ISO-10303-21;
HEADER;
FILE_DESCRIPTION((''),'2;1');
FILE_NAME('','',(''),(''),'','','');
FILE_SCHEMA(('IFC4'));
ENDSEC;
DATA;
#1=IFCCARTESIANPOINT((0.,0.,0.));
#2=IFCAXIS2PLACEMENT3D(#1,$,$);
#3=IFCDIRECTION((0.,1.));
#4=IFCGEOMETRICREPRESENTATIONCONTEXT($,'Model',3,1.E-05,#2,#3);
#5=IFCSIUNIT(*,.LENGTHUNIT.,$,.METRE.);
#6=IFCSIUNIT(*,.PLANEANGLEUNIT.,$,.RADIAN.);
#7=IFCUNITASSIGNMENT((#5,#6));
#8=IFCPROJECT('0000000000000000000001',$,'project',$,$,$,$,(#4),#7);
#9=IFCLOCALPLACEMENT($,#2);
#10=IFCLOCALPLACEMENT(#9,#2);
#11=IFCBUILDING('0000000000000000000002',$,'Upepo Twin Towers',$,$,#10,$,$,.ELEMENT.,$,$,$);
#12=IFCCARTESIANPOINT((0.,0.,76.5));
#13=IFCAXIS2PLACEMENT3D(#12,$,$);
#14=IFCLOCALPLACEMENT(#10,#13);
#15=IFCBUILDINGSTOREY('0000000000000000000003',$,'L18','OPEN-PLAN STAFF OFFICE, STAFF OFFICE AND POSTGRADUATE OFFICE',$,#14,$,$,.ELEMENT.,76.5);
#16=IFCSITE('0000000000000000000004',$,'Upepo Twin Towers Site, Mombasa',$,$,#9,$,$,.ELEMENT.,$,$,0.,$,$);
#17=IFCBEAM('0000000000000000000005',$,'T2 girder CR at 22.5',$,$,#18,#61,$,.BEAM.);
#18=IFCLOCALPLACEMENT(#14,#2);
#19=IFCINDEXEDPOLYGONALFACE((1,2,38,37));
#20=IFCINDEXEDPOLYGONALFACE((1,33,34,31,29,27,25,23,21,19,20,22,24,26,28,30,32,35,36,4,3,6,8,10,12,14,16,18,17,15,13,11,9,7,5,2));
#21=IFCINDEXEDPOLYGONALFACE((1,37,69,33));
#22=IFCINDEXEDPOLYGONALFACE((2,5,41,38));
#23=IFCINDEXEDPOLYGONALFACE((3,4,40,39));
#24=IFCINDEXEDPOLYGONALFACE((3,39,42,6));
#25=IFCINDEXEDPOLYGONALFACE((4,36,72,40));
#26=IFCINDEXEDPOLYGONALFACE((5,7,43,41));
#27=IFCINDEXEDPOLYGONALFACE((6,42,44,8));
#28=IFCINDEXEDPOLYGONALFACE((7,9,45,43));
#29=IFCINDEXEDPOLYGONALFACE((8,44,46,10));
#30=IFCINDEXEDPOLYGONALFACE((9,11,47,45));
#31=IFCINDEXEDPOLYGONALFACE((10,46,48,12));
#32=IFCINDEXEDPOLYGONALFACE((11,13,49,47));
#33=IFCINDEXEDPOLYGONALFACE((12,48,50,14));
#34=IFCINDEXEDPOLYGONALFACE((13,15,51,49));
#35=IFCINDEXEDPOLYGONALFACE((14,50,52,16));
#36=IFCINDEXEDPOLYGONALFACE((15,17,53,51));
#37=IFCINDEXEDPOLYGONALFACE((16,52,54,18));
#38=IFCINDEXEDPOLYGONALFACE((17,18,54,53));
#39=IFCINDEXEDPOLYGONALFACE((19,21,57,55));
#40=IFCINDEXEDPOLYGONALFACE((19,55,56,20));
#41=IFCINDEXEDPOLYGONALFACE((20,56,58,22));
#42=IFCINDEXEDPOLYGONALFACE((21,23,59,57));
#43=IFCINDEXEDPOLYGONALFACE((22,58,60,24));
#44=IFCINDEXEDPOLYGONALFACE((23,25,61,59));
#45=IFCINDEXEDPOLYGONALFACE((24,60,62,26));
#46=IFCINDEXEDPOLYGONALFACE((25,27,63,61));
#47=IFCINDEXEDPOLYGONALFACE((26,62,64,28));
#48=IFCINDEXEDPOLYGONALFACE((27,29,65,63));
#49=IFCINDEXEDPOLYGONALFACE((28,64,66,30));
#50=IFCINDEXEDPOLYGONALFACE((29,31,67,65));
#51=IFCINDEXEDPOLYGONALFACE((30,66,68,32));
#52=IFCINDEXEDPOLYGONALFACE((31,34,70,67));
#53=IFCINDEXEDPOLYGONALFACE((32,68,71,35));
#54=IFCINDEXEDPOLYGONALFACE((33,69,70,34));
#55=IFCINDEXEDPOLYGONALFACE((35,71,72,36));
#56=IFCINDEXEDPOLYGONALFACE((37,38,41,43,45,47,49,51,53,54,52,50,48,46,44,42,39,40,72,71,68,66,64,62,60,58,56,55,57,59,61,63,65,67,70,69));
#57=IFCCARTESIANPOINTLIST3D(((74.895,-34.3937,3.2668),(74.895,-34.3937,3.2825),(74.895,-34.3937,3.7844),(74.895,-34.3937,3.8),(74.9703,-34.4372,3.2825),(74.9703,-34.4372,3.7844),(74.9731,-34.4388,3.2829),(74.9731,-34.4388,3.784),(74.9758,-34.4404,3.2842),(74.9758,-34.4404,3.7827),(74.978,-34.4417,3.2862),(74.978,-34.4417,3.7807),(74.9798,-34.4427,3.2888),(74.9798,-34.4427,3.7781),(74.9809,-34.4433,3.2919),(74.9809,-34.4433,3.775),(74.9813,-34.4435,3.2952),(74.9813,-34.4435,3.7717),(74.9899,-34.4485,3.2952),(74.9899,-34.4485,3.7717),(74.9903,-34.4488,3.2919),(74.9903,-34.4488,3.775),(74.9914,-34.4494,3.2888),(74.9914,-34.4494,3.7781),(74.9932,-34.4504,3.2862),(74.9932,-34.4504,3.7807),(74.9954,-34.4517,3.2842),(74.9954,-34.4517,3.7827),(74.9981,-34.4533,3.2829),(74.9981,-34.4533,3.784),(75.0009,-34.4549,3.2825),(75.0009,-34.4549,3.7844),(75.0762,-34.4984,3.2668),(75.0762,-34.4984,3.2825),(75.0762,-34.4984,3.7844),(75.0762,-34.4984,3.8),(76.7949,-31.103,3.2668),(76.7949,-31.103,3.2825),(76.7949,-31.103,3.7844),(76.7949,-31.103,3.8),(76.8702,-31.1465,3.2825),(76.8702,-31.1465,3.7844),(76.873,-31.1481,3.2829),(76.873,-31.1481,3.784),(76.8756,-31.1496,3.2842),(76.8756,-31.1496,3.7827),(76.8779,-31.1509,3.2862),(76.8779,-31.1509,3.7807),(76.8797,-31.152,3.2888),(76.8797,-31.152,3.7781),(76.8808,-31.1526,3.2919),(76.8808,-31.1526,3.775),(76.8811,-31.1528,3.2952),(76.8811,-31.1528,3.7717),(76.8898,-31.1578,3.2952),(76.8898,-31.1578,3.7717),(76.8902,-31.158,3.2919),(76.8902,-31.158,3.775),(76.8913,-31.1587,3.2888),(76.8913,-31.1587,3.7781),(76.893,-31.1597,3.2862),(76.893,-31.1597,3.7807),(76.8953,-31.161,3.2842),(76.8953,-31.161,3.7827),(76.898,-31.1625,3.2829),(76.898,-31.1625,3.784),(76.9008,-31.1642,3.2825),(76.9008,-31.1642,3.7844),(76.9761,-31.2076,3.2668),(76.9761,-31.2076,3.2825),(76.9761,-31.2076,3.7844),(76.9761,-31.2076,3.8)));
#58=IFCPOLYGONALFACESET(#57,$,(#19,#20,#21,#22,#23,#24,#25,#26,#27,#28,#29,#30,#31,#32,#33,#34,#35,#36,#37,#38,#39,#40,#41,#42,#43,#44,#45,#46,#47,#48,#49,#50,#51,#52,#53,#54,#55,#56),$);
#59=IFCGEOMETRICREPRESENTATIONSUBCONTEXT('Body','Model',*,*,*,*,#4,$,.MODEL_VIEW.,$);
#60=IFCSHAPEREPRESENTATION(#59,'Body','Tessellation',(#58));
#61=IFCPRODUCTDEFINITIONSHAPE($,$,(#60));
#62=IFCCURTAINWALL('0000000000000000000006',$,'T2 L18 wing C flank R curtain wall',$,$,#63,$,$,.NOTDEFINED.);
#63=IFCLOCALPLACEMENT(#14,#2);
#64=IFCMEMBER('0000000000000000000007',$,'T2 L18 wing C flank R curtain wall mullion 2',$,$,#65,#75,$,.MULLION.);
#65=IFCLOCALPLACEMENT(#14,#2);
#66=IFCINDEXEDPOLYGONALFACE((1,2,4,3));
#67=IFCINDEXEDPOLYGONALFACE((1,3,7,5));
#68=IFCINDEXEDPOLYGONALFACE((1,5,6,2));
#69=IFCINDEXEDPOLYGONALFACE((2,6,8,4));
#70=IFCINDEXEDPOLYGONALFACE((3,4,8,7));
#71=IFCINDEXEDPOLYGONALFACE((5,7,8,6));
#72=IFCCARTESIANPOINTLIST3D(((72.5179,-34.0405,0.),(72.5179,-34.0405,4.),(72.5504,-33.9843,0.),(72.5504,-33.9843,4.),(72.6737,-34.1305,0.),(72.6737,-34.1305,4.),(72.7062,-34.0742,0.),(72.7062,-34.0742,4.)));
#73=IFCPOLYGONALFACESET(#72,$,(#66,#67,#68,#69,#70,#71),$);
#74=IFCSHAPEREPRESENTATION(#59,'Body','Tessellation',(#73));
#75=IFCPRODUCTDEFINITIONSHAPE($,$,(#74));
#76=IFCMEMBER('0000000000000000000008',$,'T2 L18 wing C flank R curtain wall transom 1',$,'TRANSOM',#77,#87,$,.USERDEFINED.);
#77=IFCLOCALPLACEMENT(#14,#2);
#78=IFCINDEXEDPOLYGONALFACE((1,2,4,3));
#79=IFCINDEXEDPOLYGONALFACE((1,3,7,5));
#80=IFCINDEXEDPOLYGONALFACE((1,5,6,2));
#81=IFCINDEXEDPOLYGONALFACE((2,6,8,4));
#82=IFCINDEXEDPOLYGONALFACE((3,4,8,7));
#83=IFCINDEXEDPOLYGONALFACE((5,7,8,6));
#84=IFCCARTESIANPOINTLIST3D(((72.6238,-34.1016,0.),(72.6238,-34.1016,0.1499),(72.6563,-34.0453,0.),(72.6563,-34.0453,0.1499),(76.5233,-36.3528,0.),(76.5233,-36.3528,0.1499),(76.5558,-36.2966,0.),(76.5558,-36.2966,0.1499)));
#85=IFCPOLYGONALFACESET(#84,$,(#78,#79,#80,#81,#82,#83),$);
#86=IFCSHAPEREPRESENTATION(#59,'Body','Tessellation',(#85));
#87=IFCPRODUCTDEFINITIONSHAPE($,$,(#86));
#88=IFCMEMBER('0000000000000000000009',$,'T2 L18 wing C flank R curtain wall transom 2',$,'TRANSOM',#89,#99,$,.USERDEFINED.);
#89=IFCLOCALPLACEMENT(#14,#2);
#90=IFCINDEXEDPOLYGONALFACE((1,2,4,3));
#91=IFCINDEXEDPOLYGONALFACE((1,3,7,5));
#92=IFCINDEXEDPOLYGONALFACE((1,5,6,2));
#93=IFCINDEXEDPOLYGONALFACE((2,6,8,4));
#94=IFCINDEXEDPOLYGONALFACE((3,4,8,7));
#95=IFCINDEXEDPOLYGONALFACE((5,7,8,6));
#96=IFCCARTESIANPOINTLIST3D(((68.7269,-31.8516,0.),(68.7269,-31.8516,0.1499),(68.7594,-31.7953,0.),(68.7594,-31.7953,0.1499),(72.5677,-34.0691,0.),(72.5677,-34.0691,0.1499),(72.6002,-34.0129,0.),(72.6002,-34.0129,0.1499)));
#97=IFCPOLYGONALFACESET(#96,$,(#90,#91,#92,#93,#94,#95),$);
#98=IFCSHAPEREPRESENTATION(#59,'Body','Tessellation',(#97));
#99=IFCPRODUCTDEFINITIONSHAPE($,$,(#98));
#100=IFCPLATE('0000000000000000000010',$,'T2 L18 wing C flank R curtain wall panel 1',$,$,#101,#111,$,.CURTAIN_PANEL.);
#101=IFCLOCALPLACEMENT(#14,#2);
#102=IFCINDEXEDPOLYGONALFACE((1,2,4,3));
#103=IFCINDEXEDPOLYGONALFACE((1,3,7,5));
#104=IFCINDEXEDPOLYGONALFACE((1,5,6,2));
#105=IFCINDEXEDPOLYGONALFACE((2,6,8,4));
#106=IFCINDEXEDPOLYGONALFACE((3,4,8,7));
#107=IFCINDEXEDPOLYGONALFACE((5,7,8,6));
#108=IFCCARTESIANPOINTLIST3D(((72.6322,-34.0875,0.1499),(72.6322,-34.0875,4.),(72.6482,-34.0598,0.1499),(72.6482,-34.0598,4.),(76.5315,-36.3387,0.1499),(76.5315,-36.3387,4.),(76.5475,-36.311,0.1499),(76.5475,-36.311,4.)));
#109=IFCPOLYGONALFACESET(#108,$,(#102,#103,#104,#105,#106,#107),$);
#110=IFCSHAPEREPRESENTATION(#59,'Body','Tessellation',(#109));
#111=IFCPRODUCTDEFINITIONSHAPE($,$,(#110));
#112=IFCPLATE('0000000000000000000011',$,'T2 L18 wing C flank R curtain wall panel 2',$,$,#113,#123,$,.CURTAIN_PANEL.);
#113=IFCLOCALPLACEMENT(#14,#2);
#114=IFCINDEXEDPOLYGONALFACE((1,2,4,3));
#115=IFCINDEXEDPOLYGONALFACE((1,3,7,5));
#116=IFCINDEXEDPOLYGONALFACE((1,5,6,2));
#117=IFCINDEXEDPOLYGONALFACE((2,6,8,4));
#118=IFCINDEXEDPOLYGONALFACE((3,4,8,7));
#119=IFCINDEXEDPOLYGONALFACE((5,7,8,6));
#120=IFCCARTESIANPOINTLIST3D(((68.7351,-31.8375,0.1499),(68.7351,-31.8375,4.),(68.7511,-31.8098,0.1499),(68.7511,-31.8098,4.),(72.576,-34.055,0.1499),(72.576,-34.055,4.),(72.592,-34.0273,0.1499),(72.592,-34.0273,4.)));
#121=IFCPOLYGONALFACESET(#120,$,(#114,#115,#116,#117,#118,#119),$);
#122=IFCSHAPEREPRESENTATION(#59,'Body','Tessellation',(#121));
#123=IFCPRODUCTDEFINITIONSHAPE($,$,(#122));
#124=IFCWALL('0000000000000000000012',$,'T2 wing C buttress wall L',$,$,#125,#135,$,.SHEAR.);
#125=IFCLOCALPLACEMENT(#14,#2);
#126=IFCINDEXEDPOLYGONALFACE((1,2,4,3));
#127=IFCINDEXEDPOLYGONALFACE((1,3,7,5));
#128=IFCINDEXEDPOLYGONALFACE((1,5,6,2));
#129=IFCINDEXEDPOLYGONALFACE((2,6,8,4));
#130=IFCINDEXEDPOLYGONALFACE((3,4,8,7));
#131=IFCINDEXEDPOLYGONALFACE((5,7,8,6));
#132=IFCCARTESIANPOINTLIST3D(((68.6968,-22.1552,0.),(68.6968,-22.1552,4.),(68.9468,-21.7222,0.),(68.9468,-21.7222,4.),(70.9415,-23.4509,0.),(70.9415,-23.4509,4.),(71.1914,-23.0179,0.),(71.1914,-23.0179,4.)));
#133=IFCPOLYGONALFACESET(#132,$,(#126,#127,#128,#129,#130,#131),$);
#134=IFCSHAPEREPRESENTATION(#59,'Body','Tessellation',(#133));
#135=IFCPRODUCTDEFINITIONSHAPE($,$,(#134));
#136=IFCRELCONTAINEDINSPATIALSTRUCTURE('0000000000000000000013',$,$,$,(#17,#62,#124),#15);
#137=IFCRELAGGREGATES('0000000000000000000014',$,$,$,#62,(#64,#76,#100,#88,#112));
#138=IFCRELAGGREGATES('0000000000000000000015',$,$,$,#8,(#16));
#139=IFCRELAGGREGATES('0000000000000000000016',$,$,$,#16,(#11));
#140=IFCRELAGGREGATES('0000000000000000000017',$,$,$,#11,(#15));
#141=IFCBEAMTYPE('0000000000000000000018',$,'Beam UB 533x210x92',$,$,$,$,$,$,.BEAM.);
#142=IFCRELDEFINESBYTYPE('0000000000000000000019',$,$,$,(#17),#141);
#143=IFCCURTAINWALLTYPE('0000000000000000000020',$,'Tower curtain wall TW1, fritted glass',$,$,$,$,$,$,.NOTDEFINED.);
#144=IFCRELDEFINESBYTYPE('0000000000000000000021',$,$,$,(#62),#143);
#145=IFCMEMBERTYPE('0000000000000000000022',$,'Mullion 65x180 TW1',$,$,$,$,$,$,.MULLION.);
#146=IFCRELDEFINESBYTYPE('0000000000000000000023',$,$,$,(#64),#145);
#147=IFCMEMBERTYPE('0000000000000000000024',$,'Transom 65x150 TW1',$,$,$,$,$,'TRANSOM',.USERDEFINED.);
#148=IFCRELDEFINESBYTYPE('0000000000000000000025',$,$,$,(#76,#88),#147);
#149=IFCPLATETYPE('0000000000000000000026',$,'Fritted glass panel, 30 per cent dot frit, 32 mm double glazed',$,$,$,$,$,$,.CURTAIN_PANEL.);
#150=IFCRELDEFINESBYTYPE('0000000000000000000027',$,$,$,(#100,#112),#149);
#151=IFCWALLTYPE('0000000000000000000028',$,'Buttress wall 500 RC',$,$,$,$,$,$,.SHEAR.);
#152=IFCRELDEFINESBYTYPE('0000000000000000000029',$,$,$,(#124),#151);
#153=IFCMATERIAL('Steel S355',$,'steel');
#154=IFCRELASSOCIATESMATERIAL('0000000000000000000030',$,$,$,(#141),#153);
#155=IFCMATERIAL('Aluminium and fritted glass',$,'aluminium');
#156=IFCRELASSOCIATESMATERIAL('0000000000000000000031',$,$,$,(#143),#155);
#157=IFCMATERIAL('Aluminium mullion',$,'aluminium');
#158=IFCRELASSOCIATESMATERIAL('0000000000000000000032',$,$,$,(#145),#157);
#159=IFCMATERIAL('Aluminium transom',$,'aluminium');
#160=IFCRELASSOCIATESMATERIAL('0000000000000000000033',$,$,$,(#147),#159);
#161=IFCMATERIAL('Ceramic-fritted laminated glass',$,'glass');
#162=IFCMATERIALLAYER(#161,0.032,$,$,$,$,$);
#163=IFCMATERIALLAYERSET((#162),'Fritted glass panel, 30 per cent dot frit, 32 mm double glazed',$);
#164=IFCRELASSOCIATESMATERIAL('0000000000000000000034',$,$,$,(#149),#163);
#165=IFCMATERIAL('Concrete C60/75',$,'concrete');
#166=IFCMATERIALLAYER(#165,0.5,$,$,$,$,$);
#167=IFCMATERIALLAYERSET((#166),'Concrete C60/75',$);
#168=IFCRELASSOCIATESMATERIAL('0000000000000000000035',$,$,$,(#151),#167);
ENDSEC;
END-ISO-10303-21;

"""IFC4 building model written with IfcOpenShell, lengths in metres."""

from ifc_helpers import new_model, si_unit, direction, frame, frame_2d, origin, origin_2d, place, context, subcontext, project, spatial, rectangle, i_section, extrude, material, layer, layer_set, material_profile, profile_set, type_object, element, aggregate, save


model = new_model("IFC4")

# Units and contexts
model_context = context("Model", 3, precision=1e-05, world=origin(), true_north=direction((0.0, 1.0)))
body_context = subcontext(model_context, "Body", "Model", "MODEL_VIEW")
ifc_project = project(units=[si_unit("LENGTHUNIT", "METRE"), si_unit("PLANEANGLEUNIT", "RADIAN")], contexts=[model_context])

# Site, building, storey
site_placement = place(None, origin())
site = spatial("IfcSite", under=ifc_project, at=site_placement, Name="Upepo Twin Towers Site, Mombasa", CompositionType="ELEMENT", RefElevation=0.0)
building_placement = place(site_placement, origin())
building = spatial("IfcBuilding", under=site, at=building_placement, Name="Upepo Twin Towers", CompositionType="ELEMENT")
storey_placement = place(building_placement, frame((0.0, 0.0, 76.5)))
storey = spatial("IfcBuildingStorey", under=building, at=storey_placement, Name="L18", Description="OPEN-PLAN STAFF OFFICE, STAFF OFFICE AND POSTGRADUATE OFFICE", CompositionType="ELEMENT", Elevation=76.5)

# Beam
ifc_material_1 = material(Name="Steel S355", Category="steel")
ifc_material_profile_1 = material_profile(ifc_material_1, i_section(OverallWidth=0.2092, OverallDepth=0.5332, WebThickness=0.01, FlangeThickness=0.0156, FilletRadius=0.0127, at=origin_2d()), Name="UB 533x210x92")
ifc_profile_set_1 = profile_set([ifc_material_profile_1], Name="Steel S355")
beam_type_1 = type_object("IfcBeamType", Name="Beam UB 533x210x92", PredefinedType="BEAM", material=ifc_profile_set_1)
beam_1_placement = place(storey_placement, frame((74.9856, -34.446, 3.5334), z_axis=(0.499995, 0.866028, 0.0), x_axis=(-0.866028, 0.499995, 0.0)))
element("IfcBeam", 1, at=beam_1_placement, inside=storey, type_object=beam_type_1, Name="T2 girder CR at 22.5", PredefinedType="BEAM", context=body_context, shape_type="SweptSolid", body=[
    extrude(i_section(OverallWidth=0.2092, OverallDepth=0.5332, WebThickness=0.01, FlangeThickness=0.0156, FilletRadius=0.0127, at=origin_2d()), origin(), (0.0, 0.0, 1.0), 3.7998),
])

# Curtain wall, members, plates
ifc_material_2 = material(Name="Aluminium and fritted glass", Category="aluminium")
curtain_wall_type = type_object("IfcCurtainWallType", Name="Tower curtain wall TW1, fritted glass", PredefinedType="NOTDEFINED", material=ifc_material_2)
curtain_wall_placement = place(storey_placement, origin())
curtain_wall = element("IfcCurtainWall", 2, at=curtain_wall_placement, inside=storey, type_object=curtain_wall_type, Name="T2 L18 wing C flank R curtain wall", PredefinedType="NOTDEFINED")
ifc_material_3 = material(Name="Aluminium mullion", Category="aluminium")
ifc_material_profile_2 = material_profile(ifc_material_3, rectangle(XDim=0.0649, YDim=0.1799, at=origin_2d()), Name="MULLION 65x180")
ifc_profile_set_2 = profile_set([ifc_material_profile_2], Name="Aluminium mullion")
member_type_1 = type_object("IfcMemberType", Name="Mullion 65x180 TW1", PredefinedType="MULLION", material=ifc_profile_set_2)
member_1_placement = place(storey_placement, frame((72.6121, -34.0574, 0.0), z_axis=(0.0, 0.0, 1.0), x_axis=(-0.5, -0.866025, 0.0)))
member_1 = element("IfcMember", 3, at=member_1_placement, type_object=member_type_1, Name="T2 L18 wing C flank R curtain wall mullion 2", PredefinedType="MULLION", context=body_context, shape_type="SweptSolid", body=[
    extrude(rectangle(XDim=0.0649, YDim=0.1799, at=origin_2d()), origin(), (0.0, 0.0, 1.0), 4.0),
])
ifc_material_4 = material(Name="Aluminium transom", Category="aluminium")
ifc_material_profile_3 = material_profile(ifc_material_4, rectangle(XDim=0.0649, YDim=0.1499, at=origin_2d()), Name="TRANSOM 65x150")
ifc_profile_set_3 = profile_set([ifc_material_profile_3], Name="Aluminium transom")
member_type_2 = type_object("IfcMemberType", Name="Transom 65x150 TW1", ElementType="TRANSOM", PredefinedType="USERDEFINED", material=ifc_profile_set_3)
member_2_placement = place(storey_placement, frame((76.5396, -36.3247, 0.075), z_axis=(-0.866036, 0.499982, 0.0), x_axis=(-0.499982, -0.866036, 0.0)))
member_2 = element("IfcMember", 4, at=member_2_placement, type_object=member_type_2, Name="T2 L18 wing C flank R curtain wall transom 1", ObjectType="TRANSOM", PredefinedType="USERDEFINED", context=body_context, shape_type="SweptSolid", body=[
    extrude(rectangle(XDim=0.0649, YDim=0.1499, at=origin_2d()), origin(), (0.0, 0.0, 1.0), 4.5027),
])
member_3_placement = place(storey_placement, frame((72.584, -34.041, 0.075), z_axis=(-0.866022, 0.500005, 0.0), x_axis=(-0.500005, -0.866022, 0.0)))
member_3 = element("IfcMember", 5, at=member_3_placement, type_object=member_type_2, Name="T2 L18 wing C flank R curtain wall transom 2", ObjectType="TRANSOM", PredefinedType="USERDEFINED", context=body_context, shape_type="SweptSolid", body=[
    extrude(rectangle(XDim=0.0649, YDim=0.1499, at=origin_2d()), origin(), (0.0, 0.0, 1.0), 4.4351),
])
ifc_material_5 = material(Name="Ceramic-fritted laminated glass", Category="glass")
ifc_layer_1 = layer(ifc_material_5, 0.032)
ifc_layer_set_1 = layer_set([ifc_layer_1], Name="Fritted glass panel, 30 per cent dot frit, 32 mm double glazed")
plate_type = type_object("IfcPlateType", Name="Fritted glass panel, 30 per cent dot frit, 32 mm double glazed", PredefinedType="CURTAIN_PANEL", material=ifc_layer_set_1)
plate_1_placement = place(storey_placement, frame((74.5898, -35.1992, 0.1499), z_axis=(0.0, 0.0, 1.0), x_axis=(-0.866025, 0.5, 0.0)))
plate_1 = element("IfcPlate", 6, at=plate_1_placement, type_object=plate_type, Name="T2 L18 wing C flank R curtain wall panel 1", PredefinedType="CURTAIN_PANEL", context=body_context, shape_type="SweptSolid", body=[
    extrude(rectangle(XDim=4.5024, YDim=0.032, at=origin_2d()), origin(), (0.0, 0.0, 1.0), 3.8501),
])
plate_2_placement = place(storey_placement, frame((70.6636, -32.9324, 0.1499), z_axis=(0.0, 0.0, 1.0), x_axis=(-0.866025, 0.5, 0.0)))
plate_2 = element("IfcPlate", 7, at=plate_2_placement, type_object=plate_type, Name="T2 L18 wing C flank R curtain wall panel 2", PredefinedType="CURTAIN_PANEL", context=body_context, shape_type="SweptSolid", body=[
    extrude(rectangle(XDim=4.4351, YDim=0.032, at=origin_2d()), origin(), (0.0, 0.0, 1.0), 3.8501),
])
aggregate(curtain_wall, [member_1, member_2, plate_1, member_3, plate_2])

# Wall
ifc_material_6 = material(Name="Concrete C60/75", Category="concrete")
ifc_layer_2 = layer(ifc_material_6, 0.5)
ifc_layer_set_2 = layer_set([ifc_layer_2], Name="Concrete C60/75")
wall_type_1 = type_object("IfcWallType", Name="Buttress wall 500 RC", PredefinedType="SHEAR", material=ifc_layer_set_2)
wall_1_placement = place(storey_placement, frame((68.8218, -21.9387, 0.0), z_axis=(0.0, 0.0, 1.0), x_axis=(0.866073, -0.499918, 0.0)))
element("IfcWall", 8, at=wall_1_placement, inside=storey, type_object=wall_type_1, Name="T2 wing C buttress wall L", PredefinedType="SHEAR", context=body_context, shape_type="SweptSolid", body=[
    extrude(rectangle(XDim=2.5918, YDim=0.5, at=frame_2d((1.2959, 0.0))), origin(), (0.0, 0.0, 1.0), 4.0),
])

save(model, "model.ifc")
